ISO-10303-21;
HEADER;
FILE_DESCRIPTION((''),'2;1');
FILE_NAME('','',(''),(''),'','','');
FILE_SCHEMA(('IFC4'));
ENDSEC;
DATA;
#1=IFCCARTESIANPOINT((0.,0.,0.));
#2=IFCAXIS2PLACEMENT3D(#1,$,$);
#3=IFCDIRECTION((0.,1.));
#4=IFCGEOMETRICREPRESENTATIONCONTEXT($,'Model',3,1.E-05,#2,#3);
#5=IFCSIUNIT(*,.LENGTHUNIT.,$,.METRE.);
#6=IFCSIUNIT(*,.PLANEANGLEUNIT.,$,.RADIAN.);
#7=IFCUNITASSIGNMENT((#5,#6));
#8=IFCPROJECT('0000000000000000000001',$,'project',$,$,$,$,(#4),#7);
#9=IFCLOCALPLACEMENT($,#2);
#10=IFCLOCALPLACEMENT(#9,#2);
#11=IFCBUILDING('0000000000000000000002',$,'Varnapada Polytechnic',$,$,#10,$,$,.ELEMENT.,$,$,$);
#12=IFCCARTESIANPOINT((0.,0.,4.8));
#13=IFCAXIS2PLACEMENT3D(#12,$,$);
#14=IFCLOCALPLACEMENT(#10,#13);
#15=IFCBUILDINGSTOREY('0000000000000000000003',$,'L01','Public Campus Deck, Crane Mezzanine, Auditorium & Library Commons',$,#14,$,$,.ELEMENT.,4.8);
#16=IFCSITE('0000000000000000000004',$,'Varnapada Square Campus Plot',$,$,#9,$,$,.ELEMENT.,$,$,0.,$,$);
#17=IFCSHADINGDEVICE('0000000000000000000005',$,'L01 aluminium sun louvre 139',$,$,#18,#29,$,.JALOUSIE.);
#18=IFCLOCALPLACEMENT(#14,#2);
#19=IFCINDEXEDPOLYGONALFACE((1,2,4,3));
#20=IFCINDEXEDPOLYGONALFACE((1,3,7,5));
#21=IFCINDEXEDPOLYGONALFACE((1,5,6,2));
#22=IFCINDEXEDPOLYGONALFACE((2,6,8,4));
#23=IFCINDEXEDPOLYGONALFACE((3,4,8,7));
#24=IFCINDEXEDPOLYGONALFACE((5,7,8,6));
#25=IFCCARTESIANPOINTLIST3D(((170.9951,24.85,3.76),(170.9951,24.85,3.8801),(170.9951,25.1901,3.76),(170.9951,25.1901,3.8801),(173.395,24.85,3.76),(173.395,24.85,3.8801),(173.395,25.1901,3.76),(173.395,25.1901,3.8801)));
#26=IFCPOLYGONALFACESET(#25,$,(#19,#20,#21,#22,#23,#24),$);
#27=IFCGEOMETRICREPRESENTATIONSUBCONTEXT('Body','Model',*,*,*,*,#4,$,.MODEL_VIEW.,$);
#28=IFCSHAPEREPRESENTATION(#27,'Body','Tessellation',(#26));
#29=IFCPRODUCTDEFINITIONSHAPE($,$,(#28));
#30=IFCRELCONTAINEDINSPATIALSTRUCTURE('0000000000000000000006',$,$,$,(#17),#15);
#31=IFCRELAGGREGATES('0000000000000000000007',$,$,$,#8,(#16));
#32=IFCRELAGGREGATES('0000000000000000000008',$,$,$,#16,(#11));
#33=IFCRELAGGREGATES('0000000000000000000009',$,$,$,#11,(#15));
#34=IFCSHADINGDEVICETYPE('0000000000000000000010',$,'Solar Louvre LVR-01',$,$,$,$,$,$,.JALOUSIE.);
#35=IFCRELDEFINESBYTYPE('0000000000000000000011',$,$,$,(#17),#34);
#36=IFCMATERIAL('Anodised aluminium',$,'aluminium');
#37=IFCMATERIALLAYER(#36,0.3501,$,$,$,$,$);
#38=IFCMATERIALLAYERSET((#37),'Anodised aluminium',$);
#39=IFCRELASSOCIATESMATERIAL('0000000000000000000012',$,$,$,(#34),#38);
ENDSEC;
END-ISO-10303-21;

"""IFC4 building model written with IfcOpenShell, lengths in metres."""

from ifc_helpers import new_model, si_unit, direction, frame, origin, origin_2d, place, context, subcontext, project, spatial, rectangle, extrude, material, layer, layer_set, type_object, element, save


model = new_model("IFC4")

# Units and contexts
model_context = context("Model", 3, precision=1e-05, world=origin(), true_north=direction((0.0, 1.0)))
body_context = subcontext(model_context, "Body", "Model", "MODEL_VIEW")
ifc_project = project(units=[si_unit("LENGTHUNIT", "METRE"), si_unit("PLANEANGLEUNIT", "RADIAN")], contexts=[model_context])

# Site, building, storey
site_placement = place(None, origin())
site = spatial("IfcSite", under=ifc_project, at=site_placement, Name="Varnapada Square Campus Plot", CompositionType="ELEMENT", RefElevation=0.0)
building_placement = place(site_placement, origin())
building = spatial("IfcBuilding", under=site, at=building_placement, Name="Varnapada Polytechnic", CompositionType="ELEMENT")
storey_placement = place(building_placement, frame((0.0, 0.0, 4.8)))
storey = spatial("IfcBuildingStorey", under=building, at=storey_placement, Name="L01", Description="Public Campus Deck, Crane Mezzanine, Auditorium & Library Commons", CompositionType="ELEMENT", Elevation=4.8)

# Shared definitions
ifc_material_1 = material(Name="Anodised aluminium", Category="aluminium")

# Shading device
ifc_layer_1 = layer(ifc_material_1, 0.3501)
ifc_layer_set_1 = layer_set([ifc_layer_1], Name="Anodised aluminium")
shading_device_type = type_object("IfcShadingDeviceType", Name="Solar Louvre LVR-01", PredefinedType="JALOUSIE", material=ifc_layer_set_1)
shading_device_placement = place(storey_placement, frame((172.1951, 25.02, 3.76), z_axis=(0.0, 0.0, 1.0), x_axis=(-1.0, 0.0, 0.0)))
element("IfcShadingDevice", 1, at=shading_device_placement, inside=storey, type_object=shading_device_type, Name="L01 aluminium sun louvre 139", PredefinedType="JALOUSIE", context=body_context, shape_type="SweptSolid", body=[
    extrude(rectangle(XDim=2.3999, YDim=0.3401, at=origin_2d()), origin(), (0.0, 0.0, 1.0), 0.1201),
])

save(model, "model.ifc")
